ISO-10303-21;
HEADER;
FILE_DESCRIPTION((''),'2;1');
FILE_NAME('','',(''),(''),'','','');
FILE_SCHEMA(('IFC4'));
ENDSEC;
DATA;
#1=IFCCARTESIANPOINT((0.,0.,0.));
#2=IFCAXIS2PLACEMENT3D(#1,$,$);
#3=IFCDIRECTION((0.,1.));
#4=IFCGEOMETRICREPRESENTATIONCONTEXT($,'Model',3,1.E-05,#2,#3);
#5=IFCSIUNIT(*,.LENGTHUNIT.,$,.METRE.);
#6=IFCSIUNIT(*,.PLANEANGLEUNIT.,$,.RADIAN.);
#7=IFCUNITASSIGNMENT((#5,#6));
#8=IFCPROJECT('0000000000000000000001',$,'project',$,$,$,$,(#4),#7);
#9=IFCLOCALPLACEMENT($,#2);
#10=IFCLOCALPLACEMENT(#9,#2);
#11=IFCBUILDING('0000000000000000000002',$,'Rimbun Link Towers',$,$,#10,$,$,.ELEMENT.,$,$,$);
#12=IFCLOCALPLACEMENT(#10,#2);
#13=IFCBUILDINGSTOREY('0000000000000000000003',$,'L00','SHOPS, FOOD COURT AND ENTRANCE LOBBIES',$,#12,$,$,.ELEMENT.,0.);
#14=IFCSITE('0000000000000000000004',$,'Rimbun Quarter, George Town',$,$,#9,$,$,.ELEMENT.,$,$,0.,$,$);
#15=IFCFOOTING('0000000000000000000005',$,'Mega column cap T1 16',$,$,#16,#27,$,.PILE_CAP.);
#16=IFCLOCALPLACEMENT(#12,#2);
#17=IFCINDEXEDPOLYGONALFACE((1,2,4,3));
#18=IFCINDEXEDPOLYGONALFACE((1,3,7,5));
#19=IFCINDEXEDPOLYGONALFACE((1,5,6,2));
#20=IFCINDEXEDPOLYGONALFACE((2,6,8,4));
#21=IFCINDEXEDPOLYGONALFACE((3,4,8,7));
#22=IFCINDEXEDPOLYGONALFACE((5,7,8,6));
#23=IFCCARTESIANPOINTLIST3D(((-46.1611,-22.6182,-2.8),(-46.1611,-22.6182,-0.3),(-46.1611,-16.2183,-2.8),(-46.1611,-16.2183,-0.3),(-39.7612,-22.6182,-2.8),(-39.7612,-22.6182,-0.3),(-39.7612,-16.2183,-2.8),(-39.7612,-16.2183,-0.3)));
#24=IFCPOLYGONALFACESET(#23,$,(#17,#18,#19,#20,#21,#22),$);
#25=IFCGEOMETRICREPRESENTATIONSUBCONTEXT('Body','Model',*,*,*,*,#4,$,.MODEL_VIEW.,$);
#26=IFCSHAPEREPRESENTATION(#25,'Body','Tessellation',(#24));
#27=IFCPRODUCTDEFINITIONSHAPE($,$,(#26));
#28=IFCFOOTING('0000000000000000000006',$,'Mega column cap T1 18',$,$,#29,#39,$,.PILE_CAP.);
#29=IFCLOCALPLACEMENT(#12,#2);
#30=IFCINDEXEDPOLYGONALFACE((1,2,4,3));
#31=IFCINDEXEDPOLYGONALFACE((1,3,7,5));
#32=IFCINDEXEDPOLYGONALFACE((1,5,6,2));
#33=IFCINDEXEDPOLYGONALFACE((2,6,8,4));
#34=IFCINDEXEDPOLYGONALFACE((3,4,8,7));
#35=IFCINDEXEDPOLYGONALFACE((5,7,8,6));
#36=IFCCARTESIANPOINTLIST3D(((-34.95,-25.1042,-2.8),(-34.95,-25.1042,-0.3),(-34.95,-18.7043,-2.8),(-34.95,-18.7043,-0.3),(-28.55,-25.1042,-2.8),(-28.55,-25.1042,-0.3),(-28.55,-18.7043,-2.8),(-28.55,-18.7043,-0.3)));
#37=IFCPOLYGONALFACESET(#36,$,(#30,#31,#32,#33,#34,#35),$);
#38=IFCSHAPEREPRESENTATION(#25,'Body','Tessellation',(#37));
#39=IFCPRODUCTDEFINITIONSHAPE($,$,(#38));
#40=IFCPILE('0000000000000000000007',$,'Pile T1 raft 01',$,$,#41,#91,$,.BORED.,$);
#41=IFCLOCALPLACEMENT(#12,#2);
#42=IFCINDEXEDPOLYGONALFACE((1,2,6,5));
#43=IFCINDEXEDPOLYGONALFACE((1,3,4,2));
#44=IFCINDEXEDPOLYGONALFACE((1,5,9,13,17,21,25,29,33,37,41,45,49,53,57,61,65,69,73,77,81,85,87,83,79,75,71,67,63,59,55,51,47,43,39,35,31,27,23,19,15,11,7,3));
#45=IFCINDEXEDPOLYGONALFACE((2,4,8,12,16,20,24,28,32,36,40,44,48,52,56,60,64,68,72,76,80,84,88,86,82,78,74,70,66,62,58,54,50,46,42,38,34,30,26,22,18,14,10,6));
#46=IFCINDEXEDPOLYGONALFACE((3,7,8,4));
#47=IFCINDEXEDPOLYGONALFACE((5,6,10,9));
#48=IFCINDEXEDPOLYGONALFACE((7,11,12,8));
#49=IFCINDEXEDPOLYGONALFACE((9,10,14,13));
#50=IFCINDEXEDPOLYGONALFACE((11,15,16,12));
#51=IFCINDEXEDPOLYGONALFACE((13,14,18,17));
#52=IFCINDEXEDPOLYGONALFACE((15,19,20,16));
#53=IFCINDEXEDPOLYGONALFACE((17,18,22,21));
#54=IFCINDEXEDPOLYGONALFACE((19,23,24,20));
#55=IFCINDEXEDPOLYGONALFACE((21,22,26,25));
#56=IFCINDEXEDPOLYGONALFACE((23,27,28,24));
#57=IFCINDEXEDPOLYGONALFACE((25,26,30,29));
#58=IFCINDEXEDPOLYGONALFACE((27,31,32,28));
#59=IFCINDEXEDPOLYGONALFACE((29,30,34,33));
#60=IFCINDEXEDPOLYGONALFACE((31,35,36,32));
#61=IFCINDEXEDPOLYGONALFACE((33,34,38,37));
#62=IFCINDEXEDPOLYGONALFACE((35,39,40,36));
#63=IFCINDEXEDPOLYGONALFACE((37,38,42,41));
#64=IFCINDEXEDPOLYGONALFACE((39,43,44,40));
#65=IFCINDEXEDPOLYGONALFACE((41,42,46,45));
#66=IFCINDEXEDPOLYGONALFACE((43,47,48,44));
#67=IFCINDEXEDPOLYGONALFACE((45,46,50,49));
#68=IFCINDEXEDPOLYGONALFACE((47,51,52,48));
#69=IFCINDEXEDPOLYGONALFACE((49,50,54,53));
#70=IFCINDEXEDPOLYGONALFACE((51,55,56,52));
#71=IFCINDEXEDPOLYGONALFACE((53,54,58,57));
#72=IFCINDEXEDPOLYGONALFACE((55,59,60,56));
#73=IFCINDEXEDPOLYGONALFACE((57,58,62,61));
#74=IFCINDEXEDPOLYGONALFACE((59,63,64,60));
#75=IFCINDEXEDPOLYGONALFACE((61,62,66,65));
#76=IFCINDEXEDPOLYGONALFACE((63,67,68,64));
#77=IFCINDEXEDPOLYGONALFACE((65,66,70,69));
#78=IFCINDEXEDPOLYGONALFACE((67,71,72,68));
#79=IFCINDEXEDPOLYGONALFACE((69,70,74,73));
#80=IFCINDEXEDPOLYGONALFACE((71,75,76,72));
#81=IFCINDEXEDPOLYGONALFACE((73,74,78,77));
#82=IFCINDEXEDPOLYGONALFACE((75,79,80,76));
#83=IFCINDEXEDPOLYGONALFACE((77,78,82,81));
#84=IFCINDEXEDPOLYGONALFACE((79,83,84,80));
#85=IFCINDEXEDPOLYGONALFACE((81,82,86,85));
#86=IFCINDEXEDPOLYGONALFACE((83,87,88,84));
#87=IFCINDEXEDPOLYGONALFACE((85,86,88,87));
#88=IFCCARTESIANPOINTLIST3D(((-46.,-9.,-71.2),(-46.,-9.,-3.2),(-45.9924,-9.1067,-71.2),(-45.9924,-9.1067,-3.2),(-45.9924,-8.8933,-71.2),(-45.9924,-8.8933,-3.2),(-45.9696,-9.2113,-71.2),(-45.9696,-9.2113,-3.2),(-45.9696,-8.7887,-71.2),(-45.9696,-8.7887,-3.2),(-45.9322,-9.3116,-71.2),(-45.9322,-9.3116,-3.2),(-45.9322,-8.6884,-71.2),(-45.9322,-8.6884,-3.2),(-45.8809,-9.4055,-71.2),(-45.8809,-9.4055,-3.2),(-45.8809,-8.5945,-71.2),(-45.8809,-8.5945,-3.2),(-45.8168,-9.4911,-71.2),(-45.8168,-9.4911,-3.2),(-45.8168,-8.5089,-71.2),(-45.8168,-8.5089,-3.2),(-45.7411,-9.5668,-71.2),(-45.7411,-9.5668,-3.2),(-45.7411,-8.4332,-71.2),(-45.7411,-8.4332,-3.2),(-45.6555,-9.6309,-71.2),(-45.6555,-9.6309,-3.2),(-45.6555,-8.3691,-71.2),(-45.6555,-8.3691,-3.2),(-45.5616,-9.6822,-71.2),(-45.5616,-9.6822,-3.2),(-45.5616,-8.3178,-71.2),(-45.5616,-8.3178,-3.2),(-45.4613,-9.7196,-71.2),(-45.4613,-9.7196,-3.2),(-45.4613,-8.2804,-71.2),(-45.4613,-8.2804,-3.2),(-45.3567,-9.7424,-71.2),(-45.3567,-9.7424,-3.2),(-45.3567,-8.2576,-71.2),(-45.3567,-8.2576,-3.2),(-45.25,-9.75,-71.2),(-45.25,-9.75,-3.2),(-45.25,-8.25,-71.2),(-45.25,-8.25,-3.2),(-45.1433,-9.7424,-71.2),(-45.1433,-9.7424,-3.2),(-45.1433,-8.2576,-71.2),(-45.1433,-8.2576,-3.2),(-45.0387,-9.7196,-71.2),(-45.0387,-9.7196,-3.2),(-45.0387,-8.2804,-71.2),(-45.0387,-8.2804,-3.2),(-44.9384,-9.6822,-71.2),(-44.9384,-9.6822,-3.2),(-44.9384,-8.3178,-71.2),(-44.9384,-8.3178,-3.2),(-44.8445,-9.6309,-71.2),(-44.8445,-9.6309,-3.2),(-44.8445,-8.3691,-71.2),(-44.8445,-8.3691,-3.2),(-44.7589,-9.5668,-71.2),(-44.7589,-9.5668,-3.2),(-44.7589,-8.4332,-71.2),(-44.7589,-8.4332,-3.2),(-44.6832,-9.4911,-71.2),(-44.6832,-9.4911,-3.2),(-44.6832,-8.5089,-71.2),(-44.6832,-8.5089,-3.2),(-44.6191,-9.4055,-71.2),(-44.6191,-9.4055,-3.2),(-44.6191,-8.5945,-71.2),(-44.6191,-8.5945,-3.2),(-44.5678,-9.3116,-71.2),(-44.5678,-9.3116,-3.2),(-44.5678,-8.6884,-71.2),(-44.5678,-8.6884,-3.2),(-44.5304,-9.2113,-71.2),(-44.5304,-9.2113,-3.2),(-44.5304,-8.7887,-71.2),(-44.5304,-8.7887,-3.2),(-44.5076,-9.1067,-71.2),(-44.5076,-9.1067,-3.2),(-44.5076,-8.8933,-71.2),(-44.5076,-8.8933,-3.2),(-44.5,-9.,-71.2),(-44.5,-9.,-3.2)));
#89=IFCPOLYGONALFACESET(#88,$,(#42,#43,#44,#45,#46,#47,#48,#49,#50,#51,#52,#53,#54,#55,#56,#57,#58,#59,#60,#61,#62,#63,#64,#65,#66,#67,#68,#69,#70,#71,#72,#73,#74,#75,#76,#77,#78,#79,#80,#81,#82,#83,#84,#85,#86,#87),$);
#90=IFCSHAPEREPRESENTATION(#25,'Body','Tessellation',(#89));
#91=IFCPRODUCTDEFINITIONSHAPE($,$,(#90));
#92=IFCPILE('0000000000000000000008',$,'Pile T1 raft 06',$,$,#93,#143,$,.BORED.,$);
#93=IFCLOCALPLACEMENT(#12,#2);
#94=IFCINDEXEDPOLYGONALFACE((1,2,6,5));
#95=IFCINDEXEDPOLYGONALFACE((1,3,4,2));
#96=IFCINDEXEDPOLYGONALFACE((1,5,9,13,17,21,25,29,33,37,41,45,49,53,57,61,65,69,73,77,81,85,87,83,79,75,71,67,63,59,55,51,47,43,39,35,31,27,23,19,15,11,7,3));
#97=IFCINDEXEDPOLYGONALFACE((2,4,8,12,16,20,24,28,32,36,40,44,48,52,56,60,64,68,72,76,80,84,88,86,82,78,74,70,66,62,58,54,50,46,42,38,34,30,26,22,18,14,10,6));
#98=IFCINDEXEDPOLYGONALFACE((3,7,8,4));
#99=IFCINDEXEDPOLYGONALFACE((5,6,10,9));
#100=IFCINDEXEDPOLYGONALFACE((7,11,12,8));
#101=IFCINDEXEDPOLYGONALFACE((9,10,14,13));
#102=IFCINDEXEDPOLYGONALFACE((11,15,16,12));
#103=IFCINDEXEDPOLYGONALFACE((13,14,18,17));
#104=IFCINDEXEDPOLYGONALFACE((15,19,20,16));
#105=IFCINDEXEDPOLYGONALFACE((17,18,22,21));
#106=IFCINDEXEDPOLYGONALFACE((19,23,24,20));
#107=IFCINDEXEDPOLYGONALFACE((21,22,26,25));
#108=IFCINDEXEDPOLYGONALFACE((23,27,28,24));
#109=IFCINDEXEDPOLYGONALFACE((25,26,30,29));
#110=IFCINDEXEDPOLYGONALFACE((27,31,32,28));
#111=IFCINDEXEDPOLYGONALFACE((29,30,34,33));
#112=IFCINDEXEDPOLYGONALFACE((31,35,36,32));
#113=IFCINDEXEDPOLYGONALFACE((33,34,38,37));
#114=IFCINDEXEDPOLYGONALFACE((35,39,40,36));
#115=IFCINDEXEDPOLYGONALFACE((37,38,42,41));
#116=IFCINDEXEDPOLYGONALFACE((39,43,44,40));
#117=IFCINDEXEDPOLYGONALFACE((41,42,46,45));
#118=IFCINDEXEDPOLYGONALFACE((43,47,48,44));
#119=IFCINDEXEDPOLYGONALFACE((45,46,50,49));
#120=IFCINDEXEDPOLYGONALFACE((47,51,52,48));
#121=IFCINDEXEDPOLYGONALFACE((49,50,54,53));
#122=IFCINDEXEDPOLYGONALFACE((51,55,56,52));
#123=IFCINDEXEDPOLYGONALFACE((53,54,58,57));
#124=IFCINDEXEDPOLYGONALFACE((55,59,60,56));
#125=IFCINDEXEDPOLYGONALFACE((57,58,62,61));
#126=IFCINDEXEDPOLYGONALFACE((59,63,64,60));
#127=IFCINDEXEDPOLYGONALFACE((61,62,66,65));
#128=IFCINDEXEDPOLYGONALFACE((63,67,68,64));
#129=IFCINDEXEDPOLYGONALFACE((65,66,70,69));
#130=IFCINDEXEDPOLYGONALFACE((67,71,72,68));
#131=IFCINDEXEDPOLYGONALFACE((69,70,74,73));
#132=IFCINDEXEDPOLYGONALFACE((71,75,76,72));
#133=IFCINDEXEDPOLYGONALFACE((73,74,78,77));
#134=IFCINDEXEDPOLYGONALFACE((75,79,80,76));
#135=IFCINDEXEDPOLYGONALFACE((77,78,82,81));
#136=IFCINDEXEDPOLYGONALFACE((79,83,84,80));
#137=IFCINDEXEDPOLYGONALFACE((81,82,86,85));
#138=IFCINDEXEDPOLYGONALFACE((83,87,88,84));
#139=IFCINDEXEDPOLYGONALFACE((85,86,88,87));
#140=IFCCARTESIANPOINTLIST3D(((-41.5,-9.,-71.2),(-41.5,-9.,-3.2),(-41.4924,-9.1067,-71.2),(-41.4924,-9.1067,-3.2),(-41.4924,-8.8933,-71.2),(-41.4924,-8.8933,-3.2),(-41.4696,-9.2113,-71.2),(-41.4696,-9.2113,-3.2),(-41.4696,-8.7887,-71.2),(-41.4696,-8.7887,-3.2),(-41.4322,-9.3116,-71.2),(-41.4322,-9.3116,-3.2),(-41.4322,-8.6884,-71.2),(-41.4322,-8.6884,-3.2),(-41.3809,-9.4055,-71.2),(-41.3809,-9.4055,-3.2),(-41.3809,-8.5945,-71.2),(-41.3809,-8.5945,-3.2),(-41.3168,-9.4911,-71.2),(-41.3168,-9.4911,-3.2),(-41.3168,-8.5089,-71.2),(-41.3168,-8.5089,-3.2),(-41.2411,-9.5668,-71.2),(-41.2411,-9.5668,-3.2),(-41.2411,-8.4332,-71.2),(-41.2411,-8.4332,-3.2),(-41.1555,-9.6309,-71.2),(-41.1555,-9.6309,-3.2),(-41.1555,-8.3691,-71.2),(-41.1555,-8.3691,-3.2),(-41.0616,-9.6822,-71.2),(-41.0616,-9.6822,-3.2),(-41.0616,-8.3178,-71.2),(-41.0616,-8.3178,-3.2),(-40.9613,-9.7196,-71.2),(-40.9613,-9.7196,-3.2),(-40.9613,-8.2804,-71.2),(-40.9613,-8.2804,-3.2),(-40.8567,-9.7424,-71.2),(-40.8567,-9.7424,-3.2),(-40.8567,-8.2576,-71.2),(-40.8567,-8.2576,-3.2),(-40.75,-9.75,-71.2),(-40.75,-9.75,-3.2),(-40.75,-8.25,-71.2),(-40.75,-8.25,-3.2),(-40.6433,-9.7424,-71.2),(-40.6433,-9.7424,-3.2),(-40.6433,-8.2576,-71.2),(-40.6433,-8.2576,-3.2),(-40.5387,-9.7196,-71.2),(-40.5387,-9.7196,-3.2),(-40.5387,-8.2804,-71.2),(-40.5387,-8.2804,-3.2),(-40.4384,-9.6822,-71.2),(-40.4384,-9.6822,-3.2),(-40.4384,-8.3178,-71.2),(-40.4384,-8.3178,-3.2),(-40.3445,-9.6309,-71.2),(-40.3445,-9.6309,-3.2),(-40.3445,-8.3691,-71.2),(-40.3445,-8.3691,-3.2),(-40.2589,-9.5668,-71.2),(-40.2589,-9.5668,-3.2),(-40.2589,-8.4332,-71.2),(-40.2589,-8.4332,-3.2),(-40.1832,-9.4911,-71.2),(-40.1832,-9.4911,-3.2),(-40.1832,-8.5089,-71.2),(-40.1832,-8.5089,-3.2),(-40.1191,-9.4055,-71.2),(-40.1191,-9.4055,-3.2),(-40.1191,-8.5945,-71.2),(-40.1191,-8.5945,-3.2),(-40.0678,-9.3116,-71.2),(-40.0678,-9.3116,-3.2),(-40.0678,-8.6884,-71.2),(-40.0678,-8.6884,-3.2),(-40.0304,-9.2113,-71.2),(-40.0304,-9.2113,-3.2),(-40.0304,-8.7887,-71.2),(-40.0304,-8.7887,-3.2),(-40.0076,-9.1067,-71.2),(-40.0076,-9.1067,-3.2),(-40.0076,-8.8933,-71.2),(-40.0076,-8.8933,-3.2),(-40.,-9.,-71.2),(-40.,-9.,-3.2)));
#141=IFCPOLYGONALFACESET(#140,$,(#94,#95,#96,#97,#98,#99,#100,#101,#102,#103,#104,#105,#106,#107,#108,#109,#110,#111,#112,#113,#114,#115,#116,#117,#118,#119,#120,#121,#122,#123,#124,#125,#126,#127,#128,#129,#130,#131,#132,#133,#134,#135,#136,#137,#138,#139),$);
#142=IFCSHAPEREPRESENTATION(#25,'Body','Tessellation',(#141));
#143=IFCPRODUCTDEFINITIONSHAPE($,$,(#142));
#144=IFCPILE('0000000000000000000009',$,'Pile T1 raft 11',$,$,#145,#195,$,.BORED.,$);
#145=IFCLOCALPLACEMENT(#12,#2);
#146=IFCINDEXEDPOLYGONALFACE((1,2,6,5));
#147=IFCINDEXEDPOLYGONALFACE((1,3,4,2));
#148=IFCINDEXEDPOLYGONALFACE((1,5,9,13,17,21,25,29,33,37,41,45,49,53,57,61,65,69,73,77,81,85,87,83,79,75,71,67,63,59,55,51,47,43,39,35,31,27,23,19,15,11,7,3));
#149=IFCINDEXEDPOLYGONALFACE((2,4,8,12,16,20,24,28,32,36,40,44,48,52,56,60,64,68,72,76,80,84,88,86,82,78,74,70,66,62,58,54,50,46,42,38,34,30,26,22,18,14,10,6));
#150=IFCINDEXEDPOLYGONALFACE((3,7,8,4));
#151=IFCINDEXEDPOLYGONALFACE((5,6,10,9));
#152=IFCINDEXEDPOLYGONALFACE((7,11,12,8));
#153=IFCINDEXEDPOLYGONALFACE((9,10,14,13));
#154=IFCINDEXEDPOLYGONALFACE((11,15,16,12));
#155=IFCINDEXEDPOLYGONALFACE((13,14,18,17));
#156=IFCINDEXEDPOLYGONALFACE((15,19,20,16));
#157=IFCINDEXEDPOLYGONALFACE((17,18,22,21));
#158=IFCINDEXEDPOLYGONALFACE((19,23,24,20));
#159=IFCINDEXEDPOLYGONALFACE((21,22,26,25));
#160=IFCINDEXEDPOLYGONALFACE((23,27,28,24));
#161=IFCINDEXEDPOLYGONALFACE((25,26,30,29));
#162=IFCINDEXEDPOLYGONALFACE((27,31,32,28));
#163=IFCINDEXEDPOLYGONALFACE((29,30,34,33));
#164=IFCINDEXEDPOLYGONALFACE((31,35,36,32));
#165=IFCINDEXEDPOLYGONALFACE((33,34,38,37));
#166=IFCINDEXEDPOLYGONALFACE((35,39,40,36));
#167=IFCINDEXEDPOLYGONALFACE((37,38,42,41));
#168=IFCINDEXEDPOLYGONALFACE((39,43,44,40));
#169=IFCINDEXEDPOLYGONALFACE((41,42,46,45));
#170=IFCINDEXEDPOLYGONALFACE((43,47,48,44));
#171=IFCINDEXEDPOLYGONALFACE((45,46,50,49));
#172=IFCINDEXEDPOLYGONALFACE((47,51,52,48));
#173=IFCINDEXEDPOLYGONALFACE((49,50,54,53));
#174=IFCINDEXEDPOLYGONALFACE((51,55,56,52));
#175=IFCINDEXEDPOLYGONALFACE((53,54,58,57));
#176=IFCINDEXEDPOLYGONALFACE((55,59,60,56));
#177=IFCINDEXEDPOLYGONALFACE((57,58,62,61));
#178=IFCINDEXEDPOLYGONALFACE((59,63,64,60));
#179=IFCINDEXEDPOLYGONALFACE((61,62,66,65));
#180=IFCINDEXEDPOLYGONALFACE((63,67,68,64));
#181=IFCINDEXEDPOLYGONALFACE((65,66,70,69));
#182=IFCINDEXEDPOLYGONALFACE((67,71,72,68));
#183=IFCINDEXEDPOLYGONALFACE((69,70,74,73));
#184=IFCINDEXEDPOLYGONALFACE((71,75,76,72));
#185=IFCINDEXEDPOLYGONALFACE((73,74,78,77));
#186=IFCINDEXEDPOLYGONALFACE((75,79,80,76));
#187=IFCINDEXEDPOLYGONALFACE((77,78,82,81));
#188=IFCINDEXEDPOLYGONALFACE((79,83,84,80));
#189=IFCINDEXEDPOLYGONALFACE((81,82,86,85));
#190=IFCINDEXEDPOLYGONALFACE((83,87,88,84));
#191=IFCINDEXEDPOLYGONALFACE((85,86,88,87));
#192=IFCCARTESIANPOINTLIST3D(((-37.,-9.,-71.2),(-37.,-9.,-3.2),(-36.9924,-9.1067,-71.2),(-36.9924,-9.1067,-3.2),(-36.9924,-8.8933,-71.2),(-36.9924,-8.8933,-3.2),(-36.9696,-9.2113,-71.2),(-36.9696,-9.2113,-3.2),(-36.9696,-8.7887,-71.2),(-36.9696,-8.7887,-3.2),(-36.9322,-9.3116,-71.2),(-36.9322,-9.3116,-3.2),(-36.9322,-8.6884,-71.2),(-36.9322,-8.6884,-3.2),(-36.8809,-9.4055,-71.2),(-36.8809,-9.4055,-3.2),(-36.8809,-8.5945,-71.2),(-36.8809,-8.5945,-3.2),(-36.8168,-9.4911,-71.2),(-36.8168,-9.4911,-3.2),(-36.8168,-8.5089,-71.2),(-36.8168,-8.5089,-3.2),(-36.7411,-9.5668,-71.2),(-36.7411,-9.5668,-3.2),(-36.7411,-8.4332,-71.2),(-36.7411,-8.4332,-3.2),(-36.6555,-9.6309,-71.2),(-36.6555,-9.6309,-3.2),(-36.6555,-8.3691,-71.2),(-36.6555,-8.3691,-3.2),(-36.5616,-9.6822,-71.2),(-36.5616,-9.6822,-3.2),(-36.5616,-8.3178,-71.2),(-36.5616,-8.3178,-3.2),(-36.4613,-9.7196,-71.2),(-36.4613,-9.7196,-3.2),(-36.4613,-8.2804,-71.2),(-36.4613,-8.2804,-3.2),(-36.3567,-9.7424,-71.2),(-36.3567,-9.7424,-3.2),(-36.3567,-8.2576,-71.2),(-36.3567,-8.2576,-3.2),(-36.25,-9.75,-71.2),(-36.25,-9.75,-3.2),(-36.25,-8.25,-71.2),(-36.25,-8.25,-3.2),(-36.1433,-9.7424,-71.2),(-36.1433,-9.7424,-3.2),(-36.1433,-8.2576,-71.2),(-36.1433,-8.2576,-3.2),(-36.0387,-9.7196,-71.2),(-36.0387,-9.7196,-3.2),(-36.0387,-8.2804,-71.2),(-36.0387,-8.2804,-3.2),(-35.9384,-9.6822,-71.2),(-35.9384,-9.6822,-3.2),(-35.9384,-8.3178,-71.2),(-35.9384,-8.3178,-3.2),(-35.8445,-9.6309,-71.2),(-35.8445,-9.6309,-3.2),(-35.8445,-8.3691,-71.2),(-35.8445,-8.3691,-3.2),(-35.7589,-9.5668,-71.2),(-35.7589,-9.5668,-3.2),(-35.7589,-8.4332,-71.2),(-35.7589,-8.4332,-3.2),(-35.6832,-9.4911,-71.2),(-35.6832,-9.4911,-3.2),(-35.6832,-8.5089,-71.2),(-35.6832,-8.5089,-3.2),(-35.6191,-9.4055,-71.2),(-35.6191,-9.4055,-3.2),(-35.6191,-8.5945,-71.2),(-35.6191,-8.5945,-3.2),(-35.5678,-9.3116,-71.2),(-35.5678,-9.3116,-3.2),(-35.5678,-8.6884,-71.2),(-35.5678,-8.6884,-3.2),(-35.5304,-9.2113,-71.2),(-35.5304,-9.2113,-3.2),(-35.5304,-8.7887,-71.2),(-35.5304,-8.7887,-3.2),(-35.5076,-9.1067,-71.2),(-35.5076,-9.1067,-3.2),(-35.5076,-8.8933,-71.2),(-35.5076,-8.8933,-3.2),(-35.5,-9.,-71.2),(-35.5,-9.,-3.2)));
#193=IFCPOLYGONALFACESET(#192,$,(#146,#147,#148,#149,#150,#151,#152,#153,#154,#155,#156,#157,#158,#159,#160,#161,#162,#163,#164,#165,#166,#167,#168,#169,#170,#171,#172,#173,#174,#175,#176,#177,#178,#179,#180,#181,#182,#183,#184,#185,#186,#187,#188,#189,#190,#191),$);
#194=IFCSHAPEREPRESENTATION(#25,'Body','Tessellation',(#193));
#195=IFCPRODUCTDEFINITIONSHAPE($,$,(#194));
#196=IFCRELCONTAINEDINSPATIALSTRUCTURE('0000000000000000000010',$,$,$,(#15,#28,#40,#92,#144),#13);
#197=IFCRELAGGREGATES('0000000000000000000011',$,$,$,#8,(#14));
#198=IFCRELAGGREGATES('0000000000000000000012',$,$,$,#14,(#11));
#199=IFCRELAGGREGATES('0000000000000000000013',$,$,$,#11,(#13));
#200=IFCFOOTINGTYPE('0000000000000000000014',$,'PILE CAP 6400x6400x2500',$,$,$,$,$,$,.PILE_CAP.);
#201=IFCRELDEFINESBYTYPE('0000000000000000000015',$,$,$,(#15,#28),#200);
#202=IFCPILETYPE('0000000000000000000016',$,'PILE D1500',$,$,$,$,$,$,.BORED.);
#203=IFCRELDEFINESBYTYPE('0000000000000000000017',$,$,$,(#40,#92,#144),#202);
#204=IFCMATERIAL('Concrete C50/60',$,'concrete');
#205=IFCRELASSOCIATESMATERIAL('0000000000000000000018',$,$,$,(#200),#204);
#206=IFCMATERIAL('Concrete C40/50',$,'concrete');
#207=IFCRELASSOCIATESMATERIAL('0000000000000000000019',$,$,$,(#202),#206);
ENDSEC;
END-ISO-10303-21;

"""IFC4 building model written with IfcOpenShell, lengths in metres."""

from ifc_helpers import new_model, si_unit, direction, frame, origin, origin_2d, place, context, subcontext, project, spatial, rectangle, circle, extrude, material, material_profile, profile_set, type_object, element, save


model = new_model("IFC4")

# Units and contexts
model_context = context("Model", 3, precision=1e-05, world=origin(), true_north=direction((0.0, 1.0)))
body_context = subcontext(model_context, "Body", "Model", "MODEL_VIEW")
ifc_project = project(units=[si_unit("LENGTHUNIT", "METRE"), si_unit("PLANEANGLEUNIT", "RADIAN")], contexts=[model_context])

# Site, building, storey
site_placement = place(None, origin())
site = spatial("IfcSite", under=ifc_project, at=site_placement, Name="Rimbun Quarter, George Town", CompositionType="ELEMENT", RefElevation=0.0)
building_placement = place(site_placement, origin())
building = spatial("IfcBuilding", under=site, at=building_placement, Name="Rimbun Link Towers", CompositionType="ELEMENT")
storey_placement = place(building_placement, origin())
storey = spatial("IfcBuildingStorey", under=building, at=storey_placement, Name="L00", Description="SHOPS, FOOD COURT AND ENTRANCE LOBBIES", CompositionType="ELEMENT", Elevation=0.0)

# Footings
ifc_material_1 = material(Name="Concrete C50/60", Category="concrete")
footing_type = type_object("IfcFootingType", Name="PILE CAP 6400x6400x2500", PredefinedType="PILE_CAP", material=ifc_material_1)
for number, where, z_axis, x_axis, name in (
    (1, (-42.9612, -19.4182, -2.8), (0.0, 0.0, 1.0), (1.0, 0.0, 0.0), "Mega column cap T1 16"),
    (2, (-31.75, -21.9043, -2.8), (0.0, 0.0, 1.0), (1.0, 0.0, 0.0), "Mega column cap T1 18"),
):
    element("IfcFooting", number, at=place(storey_placement, frame(where, z_axis=z_axis, x_axis=x_axis)), inside=storey, type_object=footing_type, Name=name, PredefinedType="PILE_CAP", context=body_context, shape_type="SweptSolid", body=[
        extrude(rectangle(XDim=6.3999, YDim=6.3999, at=origin_2d()), origin(), (0.0, 0.0, 1.0), 2.5),
    ])

# Piles
ifc_material_2 = material(Name="Concrete C40/50", Category="concrete")
ifc_material_profile_1 = material_profile(ifc_material_2, circle(Radius=0.75, at=origin_2d()), Name="PILE D1500")
ifc_profile_set_1 = profile_set([ifc_material_profile_1], Name="Concrete C40/50")
pile_type_1 = type_object("IfcPileType", Name="PILE D1500", PredefinedType="BORED", material=ifc_profile_set_1)
for number, where, z_axis, x_axis, name in (
    (3, (-45.25, -9.0, -3.2), (0.0, 0.0, -1.0), (1.0, 0.0, 0.0), "Pile T1 raft 01"),
    (4, (-40.75, -9.0, -3.2), (0.0, 0.0, -1.0), (1.0, 0.0, 0.0), "Pile T1 raft 06"),
    (5, (-36.25, -9.0, -3.2), (0.0, 0.0, -1.0), (1.0, 0.0, 0.0), "Pile T1 raft 11"),
):
    element("IfcPile", number, at=place(storey_placement, frame(where, z_axis=z_axis, x_axis=x_axis)), inside=storey, type_object=pile_type_1, Name=name, PredefinedType="BORED", context=body_context, shape_type="SweptSolid", body=[
        extrude(circle(Radius=0.75, at=origin_2d()), origin(), (0.0, 0.0, 1.0), 68.0),
    ])

save(model, "model.ifc")
